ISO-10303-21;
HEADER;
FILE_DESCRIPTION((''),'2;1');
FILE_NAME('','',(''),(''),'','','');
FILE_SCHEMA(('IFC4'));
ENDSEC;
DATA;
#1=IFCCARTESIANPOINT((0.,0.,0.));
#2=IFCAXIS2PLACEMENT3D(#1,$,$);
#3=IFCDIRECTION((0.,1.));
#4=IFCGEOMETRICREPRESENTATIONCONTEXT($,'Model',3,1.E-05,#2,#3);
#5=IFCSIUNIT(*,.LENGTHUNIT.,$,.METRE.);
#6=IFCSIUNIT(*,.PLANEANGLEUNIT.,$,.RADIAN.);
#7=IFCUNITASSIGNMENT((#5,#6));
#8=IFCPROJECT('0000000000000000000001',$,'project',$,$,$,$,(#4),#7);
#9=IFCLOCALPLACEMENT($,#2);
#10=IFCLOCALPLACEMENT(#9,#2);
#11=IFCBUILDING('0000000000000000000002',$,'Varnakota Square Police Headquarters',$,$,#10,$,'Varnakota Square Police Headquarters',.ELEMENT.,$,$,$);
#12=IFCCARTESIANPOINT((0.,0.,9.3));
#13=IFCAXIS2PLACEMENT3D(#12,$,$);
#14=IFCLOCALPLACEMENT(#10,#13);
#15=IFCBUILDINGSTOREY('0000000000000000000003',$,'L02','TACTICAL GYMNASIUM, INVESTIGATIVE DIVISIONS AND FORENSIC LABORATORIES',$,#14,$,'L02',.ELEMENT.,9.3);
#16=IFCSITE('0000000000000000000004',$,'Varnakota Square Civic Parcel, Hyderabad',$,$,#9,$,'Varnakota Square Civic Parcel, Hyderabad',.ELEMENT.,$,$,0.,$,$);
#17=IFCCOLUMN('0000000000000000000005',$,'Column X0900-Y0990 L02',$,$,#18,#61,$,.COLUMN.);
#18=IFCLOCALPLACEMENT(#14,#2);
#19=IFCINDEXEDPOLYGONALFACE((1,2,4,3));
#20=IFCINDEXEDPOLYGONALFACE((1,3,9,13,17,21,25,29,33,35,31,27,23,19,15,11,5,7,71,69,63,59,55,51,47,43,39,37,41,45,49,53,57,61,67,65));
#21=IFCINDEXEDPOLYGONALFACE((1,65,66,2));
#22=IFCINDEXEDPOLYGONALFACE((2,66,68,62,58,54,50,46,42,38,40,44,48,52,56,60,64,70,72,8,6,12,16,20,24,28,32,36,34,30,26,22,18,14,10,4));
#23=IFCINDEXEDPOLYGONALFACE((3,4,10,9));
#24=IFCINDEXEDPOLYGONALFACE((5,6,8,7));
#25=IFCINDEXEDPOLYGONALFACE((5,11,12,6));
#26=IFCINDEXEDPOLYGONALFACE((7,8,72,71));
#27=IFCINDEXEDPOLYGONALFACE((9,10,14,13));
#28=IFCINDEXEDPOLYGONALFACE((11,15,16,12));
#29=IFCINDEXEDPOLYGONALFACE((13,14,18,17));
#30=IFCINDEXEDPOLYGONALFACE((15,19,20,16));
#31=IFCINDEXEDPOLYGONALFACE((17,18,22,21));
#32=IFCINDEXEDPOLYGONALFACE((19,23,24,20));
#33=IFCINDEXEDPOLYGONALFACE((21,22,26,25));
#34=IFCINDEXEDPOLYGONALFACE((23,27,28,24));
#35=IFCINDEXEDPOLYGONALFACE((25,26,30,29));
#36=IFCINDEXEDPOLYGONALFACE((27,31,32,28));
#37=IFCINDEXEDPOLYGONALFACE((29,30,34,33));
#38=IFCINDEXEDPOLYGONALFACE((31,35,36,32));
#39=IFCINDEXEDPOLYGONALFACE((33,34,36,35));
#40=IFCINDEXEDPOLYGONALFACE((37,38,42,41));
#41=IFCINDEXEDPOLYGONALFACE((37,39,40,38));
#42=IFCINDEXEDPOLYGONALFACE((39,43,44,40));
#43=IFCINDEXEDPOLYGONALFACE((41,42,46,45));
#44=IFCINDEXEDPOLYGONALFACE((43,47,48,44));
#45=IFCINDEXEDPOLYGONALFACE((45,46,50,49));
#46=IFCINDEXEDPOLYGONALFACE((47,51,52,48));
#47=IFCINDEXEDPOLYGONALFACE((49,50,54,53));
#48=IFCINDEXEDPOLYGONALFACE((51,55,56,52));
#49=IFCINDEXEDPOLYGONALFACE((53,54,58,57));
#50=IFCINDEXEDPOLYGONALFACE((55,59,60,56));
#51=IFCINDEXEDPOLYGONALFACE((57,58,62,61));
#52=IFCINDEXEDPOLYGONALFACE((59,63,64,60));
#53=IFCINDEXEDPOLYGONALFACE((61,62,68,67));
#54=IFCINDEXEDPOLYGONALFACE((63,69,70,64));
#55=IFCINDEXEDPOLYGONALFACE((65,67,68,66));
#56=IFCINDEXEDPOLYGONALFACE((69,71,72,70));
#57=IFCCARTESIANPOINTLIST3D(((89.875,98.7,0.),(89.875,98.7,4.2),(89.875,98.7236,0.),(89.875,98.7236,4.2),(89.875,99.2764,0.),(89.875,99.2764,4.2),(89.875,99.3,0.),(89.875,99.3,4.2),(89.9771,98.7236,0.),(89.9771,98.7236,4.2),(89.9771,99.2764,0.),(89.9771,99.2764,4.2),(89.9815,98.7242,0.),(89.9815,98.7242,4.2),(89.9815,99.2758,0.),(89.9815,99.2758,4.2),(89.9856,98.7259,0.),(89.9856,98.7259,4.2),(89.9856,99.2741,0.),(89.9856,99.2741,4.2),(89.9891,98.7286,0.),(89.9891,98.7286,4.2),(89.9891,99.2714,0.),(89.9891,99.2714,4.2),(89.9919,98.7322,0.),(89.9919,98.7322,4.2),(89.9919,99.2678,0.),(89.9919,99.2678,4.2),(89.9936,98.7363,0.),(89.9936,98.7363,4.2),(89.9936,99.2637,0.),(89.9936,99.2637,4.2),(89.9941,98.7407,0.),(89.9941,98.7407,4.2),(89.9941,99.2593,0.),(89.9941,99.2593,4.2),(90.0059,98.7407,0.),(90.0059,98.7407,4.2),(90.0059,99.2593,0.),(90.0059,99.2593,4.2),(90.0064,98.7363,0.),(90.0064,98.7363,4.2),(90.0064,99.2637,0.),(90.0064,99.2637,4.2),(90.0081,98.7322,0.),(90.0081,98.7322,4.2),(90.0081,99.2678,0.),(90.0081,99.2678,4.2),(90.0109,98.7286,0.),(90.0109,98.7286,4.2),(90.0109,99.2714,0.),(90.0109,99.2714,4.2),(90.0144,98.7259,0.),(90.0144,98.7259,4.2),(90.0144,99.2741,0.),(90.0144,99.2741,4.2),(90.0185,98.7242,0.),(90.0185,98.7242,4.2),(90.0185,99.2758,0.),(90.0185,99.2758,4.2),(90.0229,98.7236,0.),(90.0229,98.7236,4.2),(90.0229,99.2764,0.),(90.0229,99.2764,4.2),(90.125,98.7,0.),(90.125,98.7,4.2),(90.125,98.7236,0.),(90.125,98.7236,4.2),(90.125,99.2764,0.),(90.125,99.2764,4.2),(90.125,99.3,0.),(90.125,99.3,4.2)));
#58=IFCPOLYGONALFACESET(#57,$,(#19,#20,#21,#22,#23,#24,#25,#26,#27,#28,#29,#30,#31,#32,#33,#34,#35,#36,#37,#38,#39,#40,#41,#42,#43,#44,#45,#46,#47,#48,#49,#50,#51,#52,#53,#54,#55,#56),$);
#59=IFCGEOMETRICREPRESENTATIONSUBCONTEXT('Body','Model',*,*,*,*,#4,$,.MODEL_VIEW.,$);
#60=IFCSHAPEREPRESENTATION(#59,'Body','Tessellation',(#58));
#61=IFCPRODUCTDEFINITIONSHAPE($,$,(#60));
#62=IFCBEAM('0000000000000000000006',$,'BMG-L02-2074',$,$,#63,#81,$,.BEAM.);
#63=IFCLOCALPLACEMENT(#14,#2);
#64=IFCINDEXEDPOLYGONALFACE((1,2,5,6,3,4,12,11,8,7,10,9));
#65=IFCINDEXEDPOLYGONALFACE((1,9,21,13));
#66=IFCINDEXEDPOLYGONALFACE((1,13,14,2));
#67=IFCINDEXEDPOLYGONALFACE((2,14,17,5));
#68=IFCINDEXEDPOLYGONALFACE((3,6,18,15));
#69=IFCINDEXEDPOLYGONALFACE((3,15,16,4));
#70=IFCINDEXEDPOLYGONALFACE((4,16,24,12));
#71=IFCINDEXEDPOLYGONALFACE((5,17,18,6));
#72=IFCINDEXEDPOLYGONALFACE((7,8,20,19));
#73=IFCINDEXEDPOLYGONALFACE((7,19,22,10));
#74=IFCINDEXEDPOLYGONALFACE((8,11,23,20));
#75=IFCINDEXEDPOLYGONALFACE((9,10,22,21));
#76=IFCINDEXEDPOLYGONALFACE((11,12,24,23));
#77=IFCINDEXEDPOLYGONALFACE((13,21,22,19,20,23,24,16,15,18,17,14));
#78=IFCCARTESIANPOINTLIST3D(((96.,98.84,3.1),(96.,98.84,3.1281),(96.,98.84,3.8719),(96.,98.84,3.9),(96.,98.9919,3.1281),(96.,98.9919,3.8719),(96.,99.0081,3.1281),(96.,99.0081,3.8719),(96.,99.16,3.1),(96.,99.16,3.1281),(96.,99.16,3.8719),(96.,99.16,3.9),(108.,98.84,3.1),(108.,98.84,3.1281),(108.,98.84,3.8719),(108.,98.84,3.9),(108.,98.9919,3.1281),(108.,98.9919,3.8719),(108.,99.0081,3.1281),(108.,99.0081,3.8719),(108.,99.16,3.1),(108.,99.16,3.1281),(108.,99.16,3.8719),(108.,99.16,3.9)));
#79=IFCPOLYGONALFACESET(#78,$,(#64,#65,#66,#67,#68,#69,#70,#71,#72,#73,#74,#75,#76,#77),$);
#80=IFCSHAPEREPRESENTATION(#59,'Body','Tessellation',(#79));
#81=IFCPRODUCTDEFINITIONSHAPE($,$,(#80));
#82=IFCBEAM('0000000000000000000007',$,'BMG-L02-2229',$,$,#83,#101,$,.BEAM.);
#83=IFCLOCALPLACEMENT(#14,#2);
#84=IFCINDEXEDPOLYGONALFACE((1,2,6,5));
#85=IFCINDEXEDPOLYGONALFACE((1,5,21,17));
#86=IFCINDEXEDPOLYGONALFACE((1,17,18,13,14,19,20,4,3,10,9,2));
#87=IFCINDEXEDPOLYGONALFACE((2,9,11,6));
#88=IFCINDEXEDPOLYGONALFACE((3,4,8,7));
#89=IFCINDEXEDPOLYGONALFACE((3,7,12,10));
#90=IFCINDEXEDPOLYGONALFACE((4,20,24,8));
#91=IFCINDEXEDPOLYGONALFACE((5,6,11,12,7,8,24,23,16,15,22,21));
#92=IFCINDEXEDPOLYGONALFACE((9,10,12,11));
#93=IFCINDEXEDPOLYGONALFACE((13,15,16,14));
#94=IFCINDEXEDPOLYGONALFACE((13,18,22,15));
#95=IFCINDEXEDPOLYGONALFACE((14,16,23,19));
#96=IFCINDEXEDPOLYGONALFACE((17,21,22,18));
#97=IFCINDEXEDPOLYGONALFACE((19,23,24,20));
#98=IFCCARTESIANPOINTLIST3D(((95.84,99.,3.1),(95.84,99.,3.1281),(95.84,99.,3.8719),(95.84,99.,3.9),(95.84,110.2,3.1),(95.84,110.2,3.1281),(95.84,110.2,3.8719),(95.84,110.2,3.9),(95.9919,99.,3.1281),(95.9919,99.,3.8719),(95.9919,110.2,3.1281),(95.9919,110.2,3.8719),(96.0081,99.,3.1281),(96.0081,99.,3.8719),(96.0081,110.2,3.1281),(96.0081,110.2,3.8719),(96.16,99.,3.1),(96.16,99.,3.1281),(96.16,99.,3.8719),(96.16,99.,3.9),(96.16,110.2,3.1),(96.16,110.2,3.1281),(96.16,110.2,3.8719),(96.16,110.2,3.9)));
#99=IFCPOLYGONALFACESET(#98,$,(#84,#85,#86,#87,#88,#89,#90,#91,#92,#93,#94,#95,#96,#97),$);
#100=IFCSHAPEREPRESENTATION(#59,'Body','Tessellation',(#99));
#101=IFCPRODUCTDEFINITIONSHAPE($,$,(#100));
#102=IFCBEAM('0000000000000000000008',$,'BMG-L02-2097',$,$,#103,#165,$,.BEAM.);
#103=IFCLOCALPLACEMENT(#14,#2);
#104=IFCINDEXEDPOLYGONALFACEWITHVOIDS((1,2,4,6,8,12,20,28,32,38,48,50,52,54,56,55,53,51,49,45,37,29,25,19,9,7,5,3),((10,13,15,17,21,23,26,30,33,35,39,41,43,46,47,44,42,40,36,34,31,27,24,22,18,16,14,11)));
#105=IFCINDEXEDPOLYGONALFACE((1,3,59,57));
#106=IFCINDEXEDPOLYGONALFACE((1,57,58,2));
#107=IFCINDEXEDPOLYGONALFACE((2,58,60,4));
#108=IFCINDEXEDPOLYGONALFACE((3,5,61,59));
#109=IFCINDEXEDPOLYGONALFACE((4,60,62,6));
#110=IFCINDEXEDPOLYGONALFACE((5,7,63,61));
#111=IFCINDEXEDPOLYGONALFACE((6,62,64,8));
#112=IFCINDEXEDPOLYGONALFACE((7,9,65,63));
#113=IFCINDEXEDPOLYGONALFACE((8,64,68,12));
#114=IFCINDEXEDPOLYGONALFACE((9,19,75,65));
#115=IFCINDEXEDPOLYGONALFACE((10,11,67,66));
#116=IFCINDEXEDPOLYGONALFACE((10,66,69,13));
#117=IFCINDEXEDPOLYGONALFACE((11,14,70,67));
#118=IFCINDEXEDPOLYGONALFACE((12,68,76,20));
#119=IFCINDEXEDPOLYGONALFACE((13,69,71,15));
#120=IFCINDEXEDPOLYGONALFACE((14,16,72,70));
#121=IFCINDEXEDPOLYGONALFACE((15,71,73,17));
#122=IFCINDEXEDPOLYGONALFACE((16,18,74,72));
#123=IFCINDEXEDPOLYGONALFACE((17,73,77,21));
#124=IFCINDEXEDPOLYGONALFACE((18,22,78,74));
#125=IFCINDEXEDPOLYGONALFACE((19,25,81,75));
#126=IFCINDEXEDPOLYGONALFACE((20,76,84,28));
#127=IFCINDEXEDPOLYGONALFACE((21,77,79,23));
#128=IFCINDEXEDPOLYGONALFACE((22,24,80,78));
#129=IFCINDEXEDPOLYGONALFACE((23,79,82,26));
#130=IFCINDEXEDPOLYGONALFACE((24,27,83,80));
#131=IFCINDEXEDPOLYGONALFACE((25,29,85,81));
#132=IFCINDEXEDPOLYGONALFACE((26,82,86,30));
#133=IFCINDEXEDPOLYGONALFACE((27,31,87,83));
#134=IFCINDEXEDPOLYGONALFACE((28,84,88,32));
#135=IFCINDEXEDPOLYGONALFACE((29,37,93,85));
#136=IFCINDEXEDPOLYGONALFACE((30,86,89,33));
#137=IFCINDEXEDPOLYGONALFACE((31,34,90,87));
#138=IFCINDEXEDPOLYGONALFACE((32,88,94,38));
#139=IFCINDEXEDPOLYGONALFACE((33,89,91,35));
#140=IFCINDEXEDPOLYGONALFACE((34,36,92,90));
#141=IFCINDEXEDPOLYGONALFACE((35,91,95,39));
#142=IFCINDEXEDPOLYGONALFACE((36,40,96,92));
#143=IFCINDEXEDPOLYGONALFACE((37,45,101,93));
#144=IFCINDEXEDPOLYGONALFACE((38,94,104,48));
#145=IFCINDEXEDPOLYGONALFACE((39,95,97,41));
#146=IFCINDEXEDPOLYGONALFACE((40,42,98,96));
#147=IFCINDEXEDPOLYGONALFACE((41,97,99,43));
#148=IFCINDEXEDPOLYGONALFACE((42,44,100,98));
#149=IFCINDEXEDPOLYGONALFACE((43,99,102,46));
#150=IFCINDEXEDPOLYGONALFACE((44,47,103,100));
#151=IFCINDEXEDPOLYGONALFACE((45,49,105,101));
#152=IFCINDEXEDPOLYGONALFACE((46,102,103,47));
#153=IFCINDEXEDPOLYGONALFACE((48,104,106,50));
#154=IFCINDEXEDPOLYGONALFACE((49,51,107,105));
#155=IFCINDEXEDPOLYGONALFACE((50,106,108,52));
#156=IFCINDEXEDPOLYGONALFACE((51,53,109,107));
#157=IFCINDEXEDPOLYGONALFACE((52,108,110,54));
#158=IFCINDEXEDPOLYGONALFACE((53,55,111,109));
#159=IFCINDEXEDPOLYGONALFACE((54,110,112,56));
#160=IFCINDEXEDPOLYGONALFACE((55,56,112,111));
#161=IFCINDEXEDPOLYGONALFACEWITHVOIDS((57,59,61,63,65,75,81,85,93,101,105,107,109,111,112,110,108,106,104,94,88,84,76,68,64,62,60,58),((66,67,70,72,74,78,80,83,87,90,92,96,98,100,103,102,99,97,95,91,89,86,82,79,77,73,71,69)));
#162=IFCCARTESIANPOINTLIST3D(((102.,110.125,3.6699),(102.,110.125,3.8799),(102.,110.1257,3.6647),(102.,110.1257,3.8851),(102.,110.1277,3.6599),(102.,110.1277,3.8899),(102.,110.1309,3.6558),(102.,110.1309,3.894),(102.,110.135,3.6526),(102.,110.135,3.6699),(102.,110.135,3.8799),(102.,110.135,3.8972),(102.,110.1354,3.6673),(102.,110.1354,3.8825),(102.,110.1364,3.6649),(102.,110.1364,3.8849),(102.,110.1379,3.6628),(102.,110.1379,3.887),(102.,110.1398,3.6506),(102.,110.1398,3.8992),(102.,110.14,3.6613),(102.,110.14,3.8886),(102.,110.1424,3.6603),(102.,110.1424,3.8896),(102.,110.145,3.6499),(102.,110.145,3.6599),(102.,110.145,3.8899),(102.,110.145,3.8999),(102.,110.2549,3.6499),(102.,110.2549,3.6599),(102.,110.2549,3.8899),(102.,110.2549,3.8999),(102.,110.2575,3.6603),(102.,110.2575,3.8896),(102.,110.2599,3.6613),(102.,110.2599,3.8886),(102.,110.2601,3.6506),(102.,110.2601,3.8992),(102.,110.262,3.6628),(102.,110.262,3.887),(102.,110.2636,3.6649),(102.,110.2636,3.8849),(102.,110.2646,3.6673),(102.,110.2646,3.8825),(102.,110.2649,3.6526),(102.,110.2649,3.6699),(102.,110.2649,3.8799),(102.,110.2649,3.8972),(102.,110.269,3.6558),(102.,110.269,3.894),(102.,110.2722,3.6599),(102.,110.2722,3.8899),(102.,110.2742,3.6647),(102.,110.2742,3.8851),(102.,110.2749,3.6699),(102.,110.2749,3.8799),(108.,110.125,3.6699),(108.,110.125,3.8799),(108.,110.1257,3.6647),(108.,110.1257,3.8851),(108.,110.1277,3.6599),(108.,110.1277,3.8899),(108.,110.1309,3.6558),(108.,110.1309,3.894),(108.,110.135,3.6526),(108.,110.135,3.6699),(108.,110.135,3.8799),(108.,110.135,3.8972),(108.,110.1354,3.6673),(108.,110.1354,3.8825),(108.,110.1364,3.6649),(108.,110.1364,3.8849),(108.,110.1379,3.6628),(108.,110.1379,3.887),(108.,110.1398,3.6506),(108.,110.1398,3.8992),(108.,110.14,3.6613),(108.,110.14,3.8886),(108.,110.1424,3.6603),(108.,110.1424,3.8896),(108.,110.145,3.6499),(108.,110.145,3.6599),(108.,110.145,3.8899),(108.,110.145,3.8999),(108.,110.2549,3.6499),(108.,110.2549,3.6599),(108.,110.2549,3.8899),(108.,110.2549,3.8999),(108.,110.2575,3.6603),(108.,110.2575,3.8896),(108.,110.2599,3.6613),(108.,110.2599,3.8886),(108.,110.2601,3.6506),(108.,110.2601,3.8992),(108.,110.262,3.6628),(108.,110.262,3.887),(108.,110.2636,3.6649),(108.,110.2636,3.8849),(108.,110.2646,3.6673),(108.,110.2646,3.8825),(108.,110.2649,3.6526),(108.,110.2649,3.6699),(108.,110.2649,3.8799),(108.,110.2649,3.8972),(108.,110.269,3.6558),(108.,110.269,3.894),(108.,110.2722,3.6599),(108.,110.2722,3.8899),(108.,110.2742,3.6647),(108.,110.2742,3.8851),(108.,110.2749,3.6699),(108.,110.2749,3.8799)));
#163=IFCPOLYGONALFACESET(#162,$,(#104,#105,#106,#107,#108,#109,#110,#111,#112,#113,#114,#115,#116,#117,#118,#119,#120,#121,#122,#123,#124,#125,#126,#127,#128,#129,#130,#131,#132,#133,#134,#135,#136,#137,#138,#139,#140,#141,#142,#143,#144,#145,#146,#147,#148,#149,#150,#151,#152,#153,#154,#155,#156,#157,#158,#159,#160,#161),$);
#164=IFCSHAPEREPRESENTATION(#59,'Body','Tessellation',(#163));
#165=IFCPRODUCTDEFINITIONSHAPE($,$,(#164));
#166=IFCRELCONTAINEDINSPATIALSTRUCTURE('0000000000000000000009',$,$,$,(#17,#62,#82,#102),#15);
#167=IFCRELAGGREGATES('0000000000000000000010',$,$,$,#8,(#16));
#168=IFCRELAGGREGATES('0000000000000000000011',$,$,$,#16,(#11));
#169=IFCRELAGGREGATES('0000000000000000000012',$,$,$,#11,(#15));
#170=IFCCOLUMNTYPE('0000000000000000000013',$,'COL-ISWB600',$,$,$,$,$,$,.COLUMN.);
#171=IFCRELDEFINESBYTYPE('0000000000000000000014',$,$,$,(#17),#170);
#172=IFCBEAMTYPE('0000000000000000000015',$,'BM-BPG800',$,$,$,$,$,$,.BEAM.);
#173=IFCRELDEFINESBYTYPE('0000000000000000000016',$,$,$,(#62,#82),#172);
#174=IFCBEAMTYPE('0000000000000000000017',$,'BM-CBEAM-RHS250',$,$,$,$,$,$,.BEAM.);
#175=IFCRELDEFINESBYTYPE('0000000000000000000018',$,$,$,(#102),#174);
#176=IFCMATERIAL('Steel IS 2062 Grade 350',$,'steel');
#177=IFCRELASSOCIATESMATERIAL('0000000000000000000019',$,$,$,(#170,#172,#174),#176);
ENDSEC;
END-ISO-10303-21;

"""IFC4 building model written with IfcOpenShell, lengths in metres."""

from ifc_helpers import new_model, si_unit, direction, frame, origin, origin_2d, place, context, subcontext, project, spatial, hollow_rectangle, i_section, extrude, material, material_profile, profile_set, type_object, element, save


model = new_model("IFC4")

# Units and contexts
model_context = context("Model", 3, precision=1e-05, world=origin(), true_north=direction((0.0, 1.0)))
body_context = subcontext(model_context, "Body", "Model", "MODEL_VIEW")
ifc_project = project(units=[si_unit("LENGTHUNIT", "METRE"), si_unit("PLANEANGLEUNIT", "RADIAN")], contexts=[model_context])

# Site, building, storey
site_placement = place(None, origin())
site = spatial("IfcSite", under=ifc_project, at=site_placement, Name="Varnakota Square Civic Parcel, Hyderabad", LongName="Varnakota Square Civic Parcel, Hyderabad", CompositionType="ELEMENT", RefElevation=0.0)
building_placement = place(site_placement, origin())
building = spatial("IfcBuilding", under=site, at=building_placement, Name="Varnakota Square Police Headquarters", LongName="Varnakota Square Police Headquarters", CompositionType="ELEMENT")
storey_placement = place(building_placement, frame((0.0, 0.0, 9.3)))
storey = spatial("IfcBuildingStorey", under=building, at=storey_placement, Name="L02", Description="TACTICAL GYMNASIUM, INVESTIGATIVE DIVISIONS AND FORENSIC LABORATORIES", LongName="L02", CompositionType="ELEMENT", Elevation=9.3)

# Column
ifc_material_1 = material(Name="Steel IS 2062 Grade 350", Category="steel")
ifc_material_profile_1 = material_profile(ifc_material_1, i_section(OverallWidth=0.25, OverallDepth=0.6001, WebThickness=0.0117, FlangeThickness=0.0237, FilletRadius=0.0171, at=origin_2d()), Name="ISWB 600")
ifc_profile_set_1 = profile_set([ifc_material_profile_1], Name="Steel IS 2062 Grade 350")
column_type_1 = type_object("IfcColumnType", Name="COL-ISWB600", PredefinedType="COLUMN", material=ifc_profile_set_1)
column_1_placement = place(storey_placement, frame((90.0, 99.0, 0.0), z_axis=(0.0, 0.0, 1.0), x_axis=(1.0, 0.0, 0.0)))
element("IfcColumn", 1, at=column_1_placement, inside=storey, type_object=column_type_1, Name="Column X0900-Y0990 L02", PredefinedType="COLUMN", context=body_context, shape_type="SweptSolid", body=[
    extrude(i_section(OverallWidth=0.25, OverallDepth=0.6001, WebThickness=0.0117, FlangeThickness=0.0237, FilletRadius=0.0171, at=origin_2d()), origin(), (0.0, 0.0, 1.0), 4.2),
])

# Beams
ifc_material_profile_2 = material_profile(ifc_material_1, i_section(OverallWidth=0.3201, OverallDepth=0.8, WebThickness=0.0161, FlangeThickness=0.0281, at=origin_2d()), Name="BPG 800x320")
ifc_profile_set_2 = profile_set([ifc_material_profile_2], Name="Steel IS 2062 Grade 350")
beam_type_1 = type_object("IfcBeamType", Name="BM-BPG800", PredefinedType="BEAM", material=ifc_profile_set_2)
beam_1_placement = place(storey_placement, frame((96.0, 99.0, 3.5), z_axis=(1.0, 0.0, 0.0), x_axis=(0.0, 1.0, 0.0)))
element("IfcBeam", 2, at=beam_1_placement, inside=storey, type_object=beam_type_1, Name="BMG-L02-2074", PredefinedType="BEAM", context=body_context, shape_type="SweptSolid", body=[
    extrude(i_section(OverallWidth=0.3201, OverallDepth=0.8, WebThickness=0.0161, FlangeThickness=0.0281, at=origin_2d()), origin(), (0.0, 0.0, 1.0), 12.0),
])
beam_2_placement = place(storey_placement, frame((96.0, 99.0, 3.5), z_axis=(0.0, 1.0, 0.0), x_axis=(-1.0, 0.0, 0.0)))
element("IfcBeam", 3, at=beam_2_placement, inside=storey, type_object=beam_type_1, Name="BMG-L02-2229", PredefinedType="BEAM", context=body_context, shape_type="SweptSolid", body=[
    extrude(i_section(OverallWidth=0.3201, OverallDepth=0.8, WebThickness=0.0161, FlangeThickness=0.0281, at=origin_2d()), origin(), (0.0, 0.0, 1.0), 11.2),
])
ifc_material_profile_3 = material_profile(ifc_material_1, hollow_rectangle(XDim=0.1499, YDim=0.25, WallThickness=0.01, InnerFilletRadius=0.01, OuterFilletRadius=0.02, at=origin_2d()), Name="RHS 250x150x10")
ifc_profile_set_3 = profile_set([ifc_material_profile_3], Name="Steel IS 2062 Grade 350")
beam_type_2 = type_object("IfcBeamType", Name="BM-CBEAM-RHS250", PredefinedType="BEAM", material=ifc_profile_set_3)
beam_3_placement = place(storey_placement, frame((102.0, 110.2, 3.7749), z_axis=(1.0, 0.0, 0.0), x_axis=(0.0, 1.0, 0.0)))
element("IfcBeam", 4, at=beam_3_placement, inside=storey, type_object=beam_type_2, Name="BMG-L02-2097", PredefinedType="BEAM", context=body_context, shape_type="SweptSolid", body=[
    extrude(hollow_rectangle(XDim=0.1499, YDim=0.25, WallThickness=0.01, InnerFilletRadius=0.01, OuterFilletRadius=0.02, at=origin_2d()), origin(), (0.0, 0.0, 1.0), 6.0),
])

save(model, "model.ifc")
